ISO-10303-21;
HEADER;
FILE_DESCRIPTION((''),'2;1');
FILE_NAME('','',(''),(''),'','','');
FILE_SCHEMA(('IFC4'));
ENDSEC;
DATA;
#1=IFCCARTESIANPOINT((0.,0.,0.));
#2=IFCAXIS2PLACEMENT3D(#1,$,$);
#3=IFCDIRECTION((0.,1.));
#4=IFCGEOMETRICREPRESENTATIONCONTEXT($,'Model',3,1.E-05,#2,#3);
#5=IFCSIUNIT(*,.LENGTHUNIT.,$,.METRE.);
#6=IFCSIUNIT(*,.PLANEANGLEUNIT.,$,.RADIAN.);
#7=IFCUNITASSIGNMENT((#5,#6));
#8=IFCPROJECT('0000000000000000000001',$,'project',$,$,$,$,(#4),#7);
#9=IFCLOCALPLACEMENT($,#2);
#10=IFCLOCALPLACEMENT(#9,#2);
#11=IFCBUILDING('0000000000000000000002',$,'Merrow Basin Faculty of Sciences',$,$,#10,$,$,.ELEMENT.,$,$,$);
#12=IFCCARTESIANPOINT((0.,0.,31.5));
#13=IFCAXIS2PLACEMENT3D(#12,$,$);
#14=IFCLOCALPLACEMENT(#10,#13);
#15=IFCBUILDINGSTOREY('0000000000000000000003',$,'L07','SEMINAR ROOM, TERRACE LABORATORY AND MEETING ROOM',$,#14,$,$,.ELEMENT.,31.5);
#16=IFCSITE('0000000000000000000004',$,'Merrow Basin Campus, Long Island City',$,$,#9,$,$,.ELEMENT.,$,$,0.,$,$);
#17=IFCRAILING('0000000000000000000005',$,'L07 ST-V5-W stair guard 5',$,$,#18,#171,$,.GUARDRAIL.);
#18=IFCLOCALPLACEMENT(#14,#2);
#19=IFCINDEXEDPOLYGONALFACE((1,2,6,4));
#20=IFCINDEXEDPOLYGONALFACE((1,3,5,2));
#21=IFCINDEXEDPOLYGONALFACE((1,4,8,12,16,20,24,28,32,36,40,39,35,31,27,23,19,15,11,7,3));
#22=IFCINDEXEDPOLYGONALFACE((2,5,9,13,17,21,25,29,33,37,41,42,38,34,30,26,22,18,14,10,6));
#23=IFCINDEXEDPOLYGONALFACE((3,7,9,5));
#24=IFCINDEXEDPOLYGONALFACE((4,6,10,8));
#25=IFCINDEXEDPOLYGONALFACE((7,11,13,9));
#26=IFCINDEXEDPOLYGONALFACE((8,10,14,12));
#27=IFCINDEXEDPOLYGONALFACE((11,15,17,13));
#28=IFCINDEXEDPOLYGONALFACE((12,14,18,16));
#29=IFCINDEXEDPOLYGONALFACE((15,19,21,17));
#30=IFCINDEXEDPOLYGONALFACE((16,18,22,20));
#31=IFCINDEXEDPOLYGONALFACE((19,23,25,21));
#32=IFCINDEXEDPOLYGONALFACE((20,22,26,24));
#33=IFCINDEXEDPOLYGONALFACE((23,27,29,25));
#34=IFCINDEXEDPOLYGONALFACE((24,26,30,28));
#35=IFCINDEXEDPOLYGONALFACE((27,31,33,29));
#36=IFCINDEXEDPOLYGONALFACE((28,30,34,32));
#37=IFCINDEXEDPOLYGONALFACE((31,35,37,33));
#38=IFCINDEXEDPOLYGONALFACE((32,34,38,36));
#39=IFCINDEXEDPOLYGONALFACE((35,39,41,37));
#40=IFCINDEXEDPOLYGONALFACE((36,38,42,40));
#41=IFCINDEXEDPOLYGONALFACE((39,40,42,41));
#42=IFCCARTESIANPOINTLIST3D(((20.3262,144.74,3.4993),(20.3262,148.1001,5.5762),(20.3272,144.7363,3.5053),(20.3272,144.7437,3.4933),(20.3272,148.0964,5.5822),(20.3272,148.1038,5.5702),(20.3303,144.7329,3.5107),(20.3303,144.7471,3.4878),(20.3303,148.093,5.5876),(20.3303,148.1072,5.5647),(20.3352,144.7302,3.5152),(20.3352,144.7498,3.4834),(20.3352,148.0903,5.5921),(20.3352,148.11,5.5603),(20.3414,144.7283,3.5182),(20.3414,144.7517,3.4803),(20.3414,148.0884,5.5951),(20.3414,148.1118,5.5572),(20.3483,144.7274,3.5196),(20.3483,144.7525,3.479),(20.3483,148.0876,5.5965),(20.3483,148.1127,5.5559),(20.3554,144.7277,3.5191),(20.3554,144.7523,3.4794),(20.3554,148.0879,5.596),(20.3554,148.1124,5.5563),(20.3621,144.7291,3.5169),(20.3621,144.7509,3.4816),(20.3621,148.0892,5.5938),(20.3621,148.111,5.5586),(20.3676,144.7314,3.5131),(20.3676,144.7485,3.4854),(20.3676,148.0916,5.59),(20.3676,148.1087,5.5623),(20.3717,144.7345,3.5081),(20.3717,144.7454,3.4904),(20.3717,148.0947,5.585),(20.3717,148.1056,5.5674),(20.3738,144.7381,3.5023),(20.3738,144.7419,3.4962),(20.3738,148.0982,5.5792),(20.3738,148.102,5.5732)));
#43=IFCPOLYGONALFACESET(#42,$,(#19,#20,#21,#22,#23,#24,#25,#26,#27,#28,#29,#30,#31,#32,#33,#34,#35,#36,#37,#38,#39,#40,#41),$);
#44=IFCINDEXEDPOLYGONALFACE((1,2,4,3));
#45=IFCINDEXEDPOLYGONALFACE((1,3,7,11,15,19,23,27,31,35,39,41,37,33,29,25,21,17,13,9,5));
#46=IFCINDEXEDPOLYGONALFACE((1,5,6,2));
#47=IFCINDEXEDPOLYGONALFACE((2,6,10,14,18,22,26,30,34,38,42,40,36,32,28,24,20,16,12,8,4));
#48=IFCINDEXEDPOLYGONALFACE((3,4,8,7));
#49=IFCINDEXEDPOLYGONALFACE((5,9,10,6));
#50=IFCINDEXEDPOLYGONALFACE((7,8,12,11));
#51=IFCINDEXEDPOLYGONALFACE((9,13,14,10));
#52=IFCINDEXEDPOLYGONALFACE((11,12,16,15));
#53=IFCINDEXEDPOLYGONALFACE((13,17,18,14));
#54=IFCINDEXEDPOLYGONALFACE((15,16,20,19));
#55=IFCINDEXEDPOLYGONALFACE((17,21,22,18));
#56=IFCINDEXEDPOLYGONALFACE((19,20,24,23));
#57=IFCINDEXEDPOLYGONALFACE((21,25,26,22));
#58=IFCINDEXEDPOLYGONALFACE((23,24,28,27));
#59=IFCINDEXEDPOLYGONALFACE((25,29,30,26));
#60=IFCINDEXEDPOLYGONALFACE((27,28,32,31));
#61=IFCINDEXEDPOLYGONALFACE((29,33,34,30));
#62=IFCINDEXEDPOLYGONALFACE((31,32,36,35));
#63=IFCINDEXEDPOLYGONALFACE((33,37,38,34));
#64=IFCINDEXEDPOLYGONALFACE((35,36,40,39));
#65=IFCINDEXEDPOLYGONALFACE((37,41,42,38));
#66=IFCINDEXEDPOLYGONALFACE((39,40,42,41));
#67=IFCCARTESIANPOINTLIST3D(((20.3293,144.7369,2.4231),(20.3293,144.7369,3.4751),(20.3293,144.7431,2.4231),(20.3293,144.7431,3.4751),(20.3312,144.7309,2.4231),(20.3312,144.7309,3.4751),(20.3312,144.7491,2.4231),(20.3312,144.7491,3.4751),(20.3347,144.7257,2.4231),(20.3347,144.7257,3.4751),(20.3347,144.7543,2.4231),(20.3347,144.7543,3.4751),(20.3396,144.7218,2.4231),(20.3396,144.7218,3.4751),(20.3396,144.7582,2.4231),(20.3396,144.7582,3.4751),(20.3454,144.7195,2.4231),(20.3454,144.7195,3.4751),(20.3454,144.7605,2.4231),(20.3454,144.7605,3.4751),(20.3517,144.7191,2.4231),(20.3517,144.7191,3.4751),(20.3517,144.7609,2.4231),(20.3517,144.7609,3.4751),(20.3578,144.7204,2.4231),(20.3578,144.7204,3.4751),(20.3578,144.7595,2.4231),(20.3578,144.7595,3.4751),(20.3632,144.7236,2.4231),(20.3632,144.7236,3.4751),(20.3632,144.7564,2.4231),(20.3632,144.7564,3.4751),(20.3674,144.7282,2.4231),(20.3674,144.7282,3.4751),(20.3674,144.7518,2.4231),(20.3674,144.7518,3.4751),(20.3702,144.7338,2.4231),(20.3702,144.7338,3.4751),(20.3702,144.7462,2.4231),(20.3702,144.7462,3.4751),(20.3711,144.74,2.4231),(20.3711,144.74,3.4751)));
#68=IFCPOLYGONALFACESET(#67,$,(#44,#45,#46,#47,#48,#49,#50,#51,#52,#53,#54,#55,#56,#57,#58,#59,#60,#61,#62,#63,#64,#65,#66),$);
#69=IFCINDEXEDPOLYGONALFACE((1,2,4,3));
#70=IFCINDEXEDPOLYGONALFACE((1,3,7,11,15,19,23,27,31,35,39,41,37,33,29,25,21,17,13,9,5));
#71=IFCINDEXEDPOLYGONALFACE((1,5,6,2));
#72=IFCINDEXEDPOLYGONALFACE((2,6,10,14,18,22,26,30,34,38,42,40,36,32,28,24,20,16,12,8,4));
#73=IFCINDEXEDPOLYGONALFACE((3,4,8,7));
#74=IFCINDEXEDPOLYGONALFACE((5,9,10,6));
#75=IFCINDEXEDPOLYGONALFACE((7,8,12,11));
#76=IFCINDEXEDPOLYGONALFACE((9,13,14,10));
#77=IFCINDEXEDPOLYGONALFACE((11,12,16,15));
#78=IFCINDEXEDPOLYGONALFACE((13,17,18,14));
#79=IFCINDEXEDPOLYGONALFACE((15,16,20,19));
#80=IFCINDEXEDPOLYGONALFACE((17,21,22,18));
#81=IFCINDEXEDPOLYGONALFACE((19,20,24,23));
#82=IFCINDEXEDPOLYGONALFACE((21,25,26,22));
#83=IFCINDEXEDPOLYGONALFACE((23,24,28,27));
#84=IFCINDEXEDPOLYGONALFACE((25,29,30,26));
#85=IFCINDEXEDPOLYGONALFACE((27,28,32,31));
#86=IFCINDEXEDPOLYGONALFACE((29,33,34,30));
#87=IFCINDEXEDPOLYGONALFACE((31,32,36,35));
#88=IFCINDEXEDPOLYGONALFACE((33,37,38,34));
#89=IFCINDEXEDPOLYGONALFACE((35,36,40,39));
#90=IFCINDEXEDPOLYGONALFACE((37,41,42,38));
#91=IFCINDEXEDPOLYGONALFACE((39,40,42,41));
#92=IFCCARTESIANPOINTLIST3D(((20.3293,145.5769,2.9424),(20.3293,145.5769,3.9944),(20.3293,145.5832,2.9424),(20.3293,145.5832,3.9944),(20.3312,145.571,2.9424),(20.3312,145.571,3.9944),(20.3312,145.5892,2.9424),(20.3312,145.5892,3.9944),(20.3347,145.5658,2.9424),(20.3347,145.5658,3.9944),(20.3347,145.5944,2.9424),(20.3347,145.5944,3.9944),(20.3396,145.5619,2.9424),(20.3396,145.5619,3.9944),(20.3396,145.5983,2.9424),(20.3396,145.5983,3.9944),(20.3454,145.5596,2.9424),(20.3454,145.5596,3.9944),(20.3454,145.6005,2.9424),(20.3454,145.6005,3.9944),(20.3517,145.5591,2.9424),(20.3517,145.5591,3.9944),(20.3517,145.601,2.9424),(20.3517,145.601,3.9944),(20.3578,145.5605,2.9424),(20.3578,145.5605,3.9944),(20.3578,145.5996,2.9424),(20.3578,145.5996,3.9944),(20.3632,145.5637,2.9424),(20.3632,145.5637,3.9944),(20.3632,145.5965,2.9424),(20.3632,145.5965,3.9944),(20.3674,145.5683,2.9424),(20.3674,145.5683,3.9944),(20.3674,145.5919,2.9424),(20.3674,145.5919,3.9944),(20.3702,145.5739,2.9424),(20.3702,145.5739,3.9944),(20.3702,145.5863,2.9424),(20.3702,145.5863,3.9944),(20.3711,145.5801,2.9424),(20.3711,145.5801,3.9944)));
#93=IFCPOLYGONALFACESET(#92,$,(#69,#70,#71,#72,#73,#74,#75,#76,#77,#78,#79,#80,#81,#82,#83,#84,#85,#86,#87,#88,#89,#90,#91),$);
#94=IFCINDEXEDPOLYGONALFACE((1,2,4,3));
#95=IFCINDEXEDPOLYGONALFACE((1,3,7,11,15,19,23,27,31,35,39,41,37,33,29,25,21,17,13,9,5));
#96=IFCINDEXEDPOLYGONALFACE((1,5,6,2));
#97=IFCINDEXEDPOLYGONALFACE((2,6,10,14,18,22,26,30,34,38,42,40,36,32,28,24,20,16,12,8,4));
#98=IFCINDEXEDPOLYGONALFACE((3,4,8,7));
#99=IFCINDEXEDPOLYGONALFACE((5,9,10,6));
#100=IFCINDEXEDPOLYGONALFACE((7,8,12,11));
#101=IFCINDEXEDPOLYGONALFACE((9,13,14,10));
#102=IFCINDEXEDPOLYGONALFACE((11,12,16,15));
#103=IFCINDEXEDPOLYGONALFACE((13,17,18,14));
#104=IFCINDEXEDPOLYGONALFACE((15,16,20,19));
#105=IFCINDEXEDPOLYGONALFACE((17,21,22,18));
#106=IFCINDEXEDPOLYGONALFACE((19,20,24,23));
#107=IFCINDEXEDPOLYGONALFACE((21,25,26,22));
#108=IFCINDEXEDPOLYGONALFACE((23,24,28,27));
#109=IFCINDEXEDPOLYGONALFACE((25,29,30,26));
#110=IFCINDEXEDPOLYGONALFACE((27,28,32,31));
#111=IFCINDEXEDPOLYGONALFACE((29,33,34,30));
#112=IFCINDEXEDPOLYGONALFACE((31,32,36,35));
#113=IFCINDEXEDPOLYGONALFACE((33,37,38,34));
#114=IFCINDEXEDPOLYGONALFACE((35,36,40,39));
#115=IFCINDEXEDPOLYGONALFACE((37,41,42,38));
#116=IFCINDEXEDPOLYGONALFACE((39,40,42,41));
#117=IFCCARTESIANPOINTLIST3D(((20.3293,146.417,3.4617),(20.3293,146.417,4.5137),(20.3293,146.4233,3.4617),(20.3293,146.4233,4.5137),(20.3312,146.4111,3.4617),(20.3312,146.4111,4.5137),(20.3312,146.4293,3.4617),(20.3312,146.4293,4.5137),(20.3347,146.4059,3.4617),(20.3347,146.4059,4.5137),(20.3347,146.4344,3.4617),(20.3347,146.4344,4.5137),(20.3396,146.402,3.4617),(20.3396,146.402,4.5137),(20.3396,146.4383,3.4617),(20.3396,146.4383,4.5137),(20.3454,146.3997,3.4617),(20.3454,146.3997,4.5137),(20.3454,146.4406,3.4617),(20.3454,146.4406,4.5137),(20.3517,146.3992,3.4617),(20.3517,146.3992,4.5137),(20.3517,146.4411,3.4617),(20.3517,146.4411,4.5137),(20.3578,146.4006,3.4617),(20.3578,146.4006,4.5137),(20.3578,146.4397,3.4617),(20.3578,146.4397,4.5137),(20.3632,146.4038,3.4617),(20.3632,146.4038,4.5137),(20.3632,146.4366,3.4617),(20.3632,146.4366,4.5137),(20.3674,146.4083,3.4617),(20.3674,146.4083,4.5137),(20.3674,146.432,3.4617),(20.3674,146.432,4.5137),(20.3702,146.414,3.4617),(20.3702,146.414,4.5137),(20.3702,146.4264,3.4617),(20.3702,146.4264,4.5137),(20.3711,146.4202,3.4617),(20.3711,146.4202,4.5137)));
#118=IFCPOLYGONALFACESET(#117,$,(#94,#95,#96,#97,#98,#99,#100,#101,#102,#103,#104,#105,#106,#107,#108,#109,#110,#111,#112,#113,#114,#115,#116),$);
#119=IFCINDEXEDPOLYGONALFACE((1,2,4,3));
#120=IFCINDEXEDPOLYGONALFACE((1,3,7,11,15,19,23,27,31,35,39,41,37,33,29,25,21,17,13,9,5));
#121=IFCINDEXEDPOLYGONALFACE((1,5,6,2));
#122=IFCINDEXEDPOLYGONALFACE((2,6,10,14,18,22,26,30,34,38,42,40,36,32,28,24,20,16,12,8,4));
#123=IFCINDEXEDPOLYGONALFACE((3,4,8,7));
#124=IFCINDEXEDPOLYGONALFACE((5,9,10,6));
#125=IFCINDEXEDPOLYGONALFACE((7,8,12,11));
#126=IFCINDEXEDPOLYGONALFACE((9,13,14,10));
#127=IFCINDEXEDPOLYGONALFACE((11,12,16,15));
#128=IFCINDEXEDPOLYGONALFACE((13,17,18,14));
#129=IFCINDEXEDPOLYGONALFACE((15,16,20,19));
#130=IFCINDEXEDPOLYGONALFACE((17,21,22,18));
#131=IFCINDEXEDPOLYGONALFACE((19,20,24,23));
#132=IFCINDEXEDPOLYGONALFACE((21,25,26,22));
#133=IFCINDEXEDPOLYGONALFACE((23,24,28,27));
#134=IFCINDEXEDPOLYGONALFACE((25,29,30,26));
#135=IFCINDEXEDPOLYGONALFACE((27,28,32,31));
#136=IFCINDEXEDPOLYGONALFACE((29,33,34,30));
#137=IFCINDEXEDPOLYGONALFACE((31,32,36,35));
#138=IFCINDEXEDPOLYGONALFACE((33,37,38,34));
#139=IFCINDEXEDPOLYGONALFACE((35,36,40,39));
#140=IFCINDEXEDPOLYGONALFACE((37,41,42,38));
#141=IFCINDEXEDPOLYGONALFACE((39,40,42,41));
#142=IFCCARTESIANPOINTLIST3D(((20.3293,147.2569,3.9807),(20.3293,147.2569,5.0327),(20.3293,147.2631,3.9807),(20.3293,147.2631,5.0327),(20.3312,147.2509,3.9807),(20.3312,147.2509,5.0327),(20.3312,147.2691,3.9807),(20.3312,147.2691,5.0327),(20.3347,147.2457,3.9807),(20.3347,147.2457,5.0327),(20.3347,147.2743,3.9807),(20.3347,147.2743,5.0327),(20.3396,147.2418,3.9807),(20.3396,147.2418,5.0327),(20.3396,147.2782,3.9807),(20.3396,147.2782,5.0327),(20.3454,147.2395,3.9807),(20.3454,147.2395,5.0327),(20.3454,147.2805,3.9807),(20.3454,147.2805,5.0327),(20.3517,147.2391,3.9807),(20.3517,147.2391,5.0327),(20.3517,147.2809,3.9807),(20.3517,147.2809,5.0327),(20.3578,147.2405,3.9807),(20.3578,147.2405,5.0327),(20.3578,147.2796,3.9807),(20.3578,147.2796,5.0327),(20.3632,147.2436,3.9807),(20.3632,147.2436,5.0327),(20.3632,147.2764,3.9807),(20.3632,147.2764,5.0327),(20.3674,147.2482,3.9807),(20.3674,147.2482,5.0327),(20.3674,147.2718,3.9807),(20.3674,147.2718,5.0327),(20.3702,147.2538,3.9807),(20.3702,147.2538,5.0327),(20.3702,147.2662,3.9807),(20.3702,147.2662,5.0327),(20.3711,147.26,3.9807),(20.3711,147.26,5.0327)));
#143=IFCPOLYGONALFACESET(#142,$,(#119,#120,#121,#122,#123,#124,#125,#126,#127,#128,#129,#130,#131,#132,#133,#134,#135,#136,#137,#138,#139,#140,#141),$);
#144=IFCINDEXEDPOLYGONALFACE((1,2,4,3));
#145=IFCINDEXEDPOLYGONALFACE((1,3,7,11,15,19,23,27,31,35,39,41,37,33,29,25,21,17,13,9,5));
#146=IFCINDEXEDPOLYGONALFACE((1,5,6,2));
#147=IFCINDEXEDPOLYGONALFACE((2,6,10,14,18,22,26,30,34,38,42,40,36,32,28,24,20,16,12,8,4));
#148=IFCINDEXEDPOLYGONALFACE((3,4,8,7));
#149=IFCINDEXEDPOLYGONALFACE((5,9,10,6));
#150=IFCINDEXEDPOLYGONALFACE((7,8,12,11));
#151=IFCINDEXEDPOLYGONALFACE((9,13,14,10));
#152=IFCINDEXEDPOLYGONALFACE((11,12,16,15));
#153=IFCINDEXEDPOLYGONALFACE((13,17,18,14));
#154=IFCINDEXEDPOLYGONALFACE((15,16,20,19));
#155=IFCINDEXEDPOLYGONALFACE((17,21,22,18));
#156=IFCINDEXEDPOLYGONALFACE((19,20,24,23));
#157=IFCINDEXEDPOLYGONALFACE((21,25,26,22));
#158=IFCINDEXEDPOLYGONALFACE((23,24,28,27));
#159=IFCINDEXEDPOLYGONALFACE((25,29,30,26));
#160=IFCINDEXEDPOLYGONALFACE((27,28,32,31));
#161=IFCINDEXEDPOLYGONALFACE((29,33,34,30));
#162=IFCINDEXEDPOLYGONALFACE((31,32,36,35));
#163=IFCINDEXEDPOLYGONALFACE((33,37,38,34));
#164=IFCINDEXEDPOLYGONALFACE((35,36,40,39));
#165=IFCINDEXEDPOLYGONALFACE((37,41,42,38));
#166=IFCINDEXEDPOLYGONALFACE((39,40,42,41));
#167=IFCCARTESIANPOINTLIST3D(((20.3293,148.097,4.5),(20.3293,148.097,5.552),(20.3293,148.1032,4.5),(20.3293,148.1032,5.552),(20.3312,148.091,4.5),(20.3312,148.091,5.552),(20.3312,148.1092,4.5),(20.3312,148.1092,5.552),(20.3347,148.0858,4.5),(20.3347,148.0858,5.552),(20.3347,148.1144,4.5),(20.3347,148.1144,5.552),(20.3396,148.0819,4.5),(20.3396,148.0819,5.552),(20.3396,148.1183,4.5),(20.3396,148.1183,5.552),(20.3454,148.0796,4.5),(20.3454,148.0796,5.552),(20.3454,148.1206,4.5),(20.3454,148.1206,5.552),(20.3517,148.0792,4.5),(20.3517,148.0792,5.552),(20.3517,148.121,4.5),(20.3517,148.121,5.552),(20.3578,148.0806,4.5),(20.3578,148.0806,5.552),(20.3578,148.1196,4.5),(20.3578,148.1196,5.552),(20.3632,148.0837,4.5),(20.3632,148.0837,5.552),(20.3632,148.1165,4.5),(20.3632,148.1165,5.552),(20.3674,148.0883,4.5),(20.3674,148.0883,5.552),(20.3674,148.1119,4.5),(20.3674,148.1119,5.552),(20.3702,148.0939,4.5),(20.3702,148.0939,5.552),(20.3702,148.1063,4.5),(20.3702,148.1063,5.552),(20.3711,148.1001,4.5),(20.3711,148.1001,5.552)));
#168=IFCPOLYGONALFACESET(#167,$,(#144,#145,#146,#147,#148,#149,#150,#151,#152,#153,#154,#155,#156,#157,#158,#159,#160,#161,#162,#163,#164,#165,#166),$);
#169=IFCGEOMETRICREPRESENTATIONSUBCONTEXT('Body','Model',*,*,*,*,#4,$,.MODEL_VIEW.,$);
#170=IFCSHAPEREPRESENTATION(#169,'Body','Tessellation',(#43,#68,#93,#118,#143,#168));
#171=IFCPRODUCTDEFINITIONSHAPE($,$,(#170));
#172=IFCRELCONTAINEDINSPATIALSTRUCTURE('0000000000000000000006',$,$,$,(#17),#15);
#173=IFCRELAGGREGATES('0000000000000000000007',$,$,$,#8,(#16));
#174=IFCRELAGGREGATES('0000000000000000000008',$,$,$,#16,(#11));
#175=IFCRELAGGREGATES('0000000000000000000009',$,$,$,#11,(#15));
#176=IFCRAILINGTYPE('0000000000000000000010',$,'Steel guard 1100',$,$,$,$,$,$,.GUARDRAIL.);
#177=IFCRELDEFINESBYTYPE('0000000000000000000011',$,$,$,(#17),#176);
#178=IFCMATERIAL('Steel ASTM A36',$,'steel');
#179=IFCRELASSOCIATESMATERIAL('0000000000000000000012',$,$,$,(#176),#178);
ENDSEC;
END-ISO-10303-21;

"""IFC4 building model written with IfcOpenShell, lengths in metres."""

from ifc_helpers import new_model, si_unit, direction, frame, origin, origin_2d, place, context, subcontext, project, spatial, circle, extrude, material, type_object, element, save


model = new_model("IFC4")

# Units and contexts
model_context = context("Model", 3, precision=1e-05, world=origin(), true_north=direction((0.0, 1.0)))
body_context = subcontext(model_context, "Body", "Model", "MODEL_VIEW")
ifc_project = project(units=[si_unit("LENGTHUNIT", "METRE"), si_unit("PLANEANGLEUNIT", "RADIAN")], contexts=[model_context])

# Site, building, storey
site_placement = place(None, origin())
site = spatial("IfcSite", under=ifc_project, at=site_placement, Name="Merrow Basin Campus, Long Island City", CompositionType="ELEMENT", RefElevation=0.0)
building_placement = place(site_placement, origin())
building = spatial("IfcBuilding", under=site, at=building_placement, Name="Merrow Basin Faculty of Sciences", CompositionType="ELEMENT")
storey_placement = place(building_placement, frame((0.0, 0.0, 31.5)))
storey = spatial("IfcBuildingStorey", under=building, at=storey_placement, Name="L07", Description="SEMINAR ROOM, TERRACE LABORATORY AND MEETING ROOM", CompositionType="ELEMENT", Elevation=31.5)

# Railing
ifc_material_1 = material(Name="Steel ASTM A36", Category="steel")
railing_type_1 = type_object("IfcRailingType", Name="Steel guard 1100", PredefinedType="GUARDRAIL", material=ifc_material_1)
railing_1_placement = place(storey_placement, frame((20.3501, 144.74, 2.4231)))
element("IfcRailing", 1, at=railing_1_placement, inside=storey, type_object=railing_type_1, Name="L07 ST-V5-W stair guard 5", PredefinedType="GUARDRAIL", context=body_context, shape_type="SweptSolid", body=[
    extrude(circle(Radius=0.0239, at=origin_2d()), frame((0.0, 0.0, 1.0762), z_axis=(0.0, 0.850623, 0.525776), x_axis=(-1.0, 0.0, 0.0)), (0.0, 0.0, 1.0), 3.9502),
    extrude(circle(Radius=0.021, at=origin_2d()), origin(), (0.0, 0.0, 1.0), 1.052),
    extrude(circle(Radius=0.021, at=origin_2d()), frame((0.0, 0.8401, 0.5193)), (0.0, 0.0, 1.0), 1.052),
    extrude(circle(Radius=0.021, at=origin_2d()), frame((0.0, 1.6802, 1.0386)), (0.0, 0.0, 1.0), 1.052),
    extrude(circle(Radius=0.021, at=origin_2d()), frame((0.0, 2.52, 1.5576)), (0.0, 0.0, 1.0), 1.052),
    extrude(circle(Radius=0.021, at=origin_2d()), frame((0.0, 3.3601, 2.0769)), (0.0, 0.0, 1.0), 1.052),
])

save(model, "model.ifc")
